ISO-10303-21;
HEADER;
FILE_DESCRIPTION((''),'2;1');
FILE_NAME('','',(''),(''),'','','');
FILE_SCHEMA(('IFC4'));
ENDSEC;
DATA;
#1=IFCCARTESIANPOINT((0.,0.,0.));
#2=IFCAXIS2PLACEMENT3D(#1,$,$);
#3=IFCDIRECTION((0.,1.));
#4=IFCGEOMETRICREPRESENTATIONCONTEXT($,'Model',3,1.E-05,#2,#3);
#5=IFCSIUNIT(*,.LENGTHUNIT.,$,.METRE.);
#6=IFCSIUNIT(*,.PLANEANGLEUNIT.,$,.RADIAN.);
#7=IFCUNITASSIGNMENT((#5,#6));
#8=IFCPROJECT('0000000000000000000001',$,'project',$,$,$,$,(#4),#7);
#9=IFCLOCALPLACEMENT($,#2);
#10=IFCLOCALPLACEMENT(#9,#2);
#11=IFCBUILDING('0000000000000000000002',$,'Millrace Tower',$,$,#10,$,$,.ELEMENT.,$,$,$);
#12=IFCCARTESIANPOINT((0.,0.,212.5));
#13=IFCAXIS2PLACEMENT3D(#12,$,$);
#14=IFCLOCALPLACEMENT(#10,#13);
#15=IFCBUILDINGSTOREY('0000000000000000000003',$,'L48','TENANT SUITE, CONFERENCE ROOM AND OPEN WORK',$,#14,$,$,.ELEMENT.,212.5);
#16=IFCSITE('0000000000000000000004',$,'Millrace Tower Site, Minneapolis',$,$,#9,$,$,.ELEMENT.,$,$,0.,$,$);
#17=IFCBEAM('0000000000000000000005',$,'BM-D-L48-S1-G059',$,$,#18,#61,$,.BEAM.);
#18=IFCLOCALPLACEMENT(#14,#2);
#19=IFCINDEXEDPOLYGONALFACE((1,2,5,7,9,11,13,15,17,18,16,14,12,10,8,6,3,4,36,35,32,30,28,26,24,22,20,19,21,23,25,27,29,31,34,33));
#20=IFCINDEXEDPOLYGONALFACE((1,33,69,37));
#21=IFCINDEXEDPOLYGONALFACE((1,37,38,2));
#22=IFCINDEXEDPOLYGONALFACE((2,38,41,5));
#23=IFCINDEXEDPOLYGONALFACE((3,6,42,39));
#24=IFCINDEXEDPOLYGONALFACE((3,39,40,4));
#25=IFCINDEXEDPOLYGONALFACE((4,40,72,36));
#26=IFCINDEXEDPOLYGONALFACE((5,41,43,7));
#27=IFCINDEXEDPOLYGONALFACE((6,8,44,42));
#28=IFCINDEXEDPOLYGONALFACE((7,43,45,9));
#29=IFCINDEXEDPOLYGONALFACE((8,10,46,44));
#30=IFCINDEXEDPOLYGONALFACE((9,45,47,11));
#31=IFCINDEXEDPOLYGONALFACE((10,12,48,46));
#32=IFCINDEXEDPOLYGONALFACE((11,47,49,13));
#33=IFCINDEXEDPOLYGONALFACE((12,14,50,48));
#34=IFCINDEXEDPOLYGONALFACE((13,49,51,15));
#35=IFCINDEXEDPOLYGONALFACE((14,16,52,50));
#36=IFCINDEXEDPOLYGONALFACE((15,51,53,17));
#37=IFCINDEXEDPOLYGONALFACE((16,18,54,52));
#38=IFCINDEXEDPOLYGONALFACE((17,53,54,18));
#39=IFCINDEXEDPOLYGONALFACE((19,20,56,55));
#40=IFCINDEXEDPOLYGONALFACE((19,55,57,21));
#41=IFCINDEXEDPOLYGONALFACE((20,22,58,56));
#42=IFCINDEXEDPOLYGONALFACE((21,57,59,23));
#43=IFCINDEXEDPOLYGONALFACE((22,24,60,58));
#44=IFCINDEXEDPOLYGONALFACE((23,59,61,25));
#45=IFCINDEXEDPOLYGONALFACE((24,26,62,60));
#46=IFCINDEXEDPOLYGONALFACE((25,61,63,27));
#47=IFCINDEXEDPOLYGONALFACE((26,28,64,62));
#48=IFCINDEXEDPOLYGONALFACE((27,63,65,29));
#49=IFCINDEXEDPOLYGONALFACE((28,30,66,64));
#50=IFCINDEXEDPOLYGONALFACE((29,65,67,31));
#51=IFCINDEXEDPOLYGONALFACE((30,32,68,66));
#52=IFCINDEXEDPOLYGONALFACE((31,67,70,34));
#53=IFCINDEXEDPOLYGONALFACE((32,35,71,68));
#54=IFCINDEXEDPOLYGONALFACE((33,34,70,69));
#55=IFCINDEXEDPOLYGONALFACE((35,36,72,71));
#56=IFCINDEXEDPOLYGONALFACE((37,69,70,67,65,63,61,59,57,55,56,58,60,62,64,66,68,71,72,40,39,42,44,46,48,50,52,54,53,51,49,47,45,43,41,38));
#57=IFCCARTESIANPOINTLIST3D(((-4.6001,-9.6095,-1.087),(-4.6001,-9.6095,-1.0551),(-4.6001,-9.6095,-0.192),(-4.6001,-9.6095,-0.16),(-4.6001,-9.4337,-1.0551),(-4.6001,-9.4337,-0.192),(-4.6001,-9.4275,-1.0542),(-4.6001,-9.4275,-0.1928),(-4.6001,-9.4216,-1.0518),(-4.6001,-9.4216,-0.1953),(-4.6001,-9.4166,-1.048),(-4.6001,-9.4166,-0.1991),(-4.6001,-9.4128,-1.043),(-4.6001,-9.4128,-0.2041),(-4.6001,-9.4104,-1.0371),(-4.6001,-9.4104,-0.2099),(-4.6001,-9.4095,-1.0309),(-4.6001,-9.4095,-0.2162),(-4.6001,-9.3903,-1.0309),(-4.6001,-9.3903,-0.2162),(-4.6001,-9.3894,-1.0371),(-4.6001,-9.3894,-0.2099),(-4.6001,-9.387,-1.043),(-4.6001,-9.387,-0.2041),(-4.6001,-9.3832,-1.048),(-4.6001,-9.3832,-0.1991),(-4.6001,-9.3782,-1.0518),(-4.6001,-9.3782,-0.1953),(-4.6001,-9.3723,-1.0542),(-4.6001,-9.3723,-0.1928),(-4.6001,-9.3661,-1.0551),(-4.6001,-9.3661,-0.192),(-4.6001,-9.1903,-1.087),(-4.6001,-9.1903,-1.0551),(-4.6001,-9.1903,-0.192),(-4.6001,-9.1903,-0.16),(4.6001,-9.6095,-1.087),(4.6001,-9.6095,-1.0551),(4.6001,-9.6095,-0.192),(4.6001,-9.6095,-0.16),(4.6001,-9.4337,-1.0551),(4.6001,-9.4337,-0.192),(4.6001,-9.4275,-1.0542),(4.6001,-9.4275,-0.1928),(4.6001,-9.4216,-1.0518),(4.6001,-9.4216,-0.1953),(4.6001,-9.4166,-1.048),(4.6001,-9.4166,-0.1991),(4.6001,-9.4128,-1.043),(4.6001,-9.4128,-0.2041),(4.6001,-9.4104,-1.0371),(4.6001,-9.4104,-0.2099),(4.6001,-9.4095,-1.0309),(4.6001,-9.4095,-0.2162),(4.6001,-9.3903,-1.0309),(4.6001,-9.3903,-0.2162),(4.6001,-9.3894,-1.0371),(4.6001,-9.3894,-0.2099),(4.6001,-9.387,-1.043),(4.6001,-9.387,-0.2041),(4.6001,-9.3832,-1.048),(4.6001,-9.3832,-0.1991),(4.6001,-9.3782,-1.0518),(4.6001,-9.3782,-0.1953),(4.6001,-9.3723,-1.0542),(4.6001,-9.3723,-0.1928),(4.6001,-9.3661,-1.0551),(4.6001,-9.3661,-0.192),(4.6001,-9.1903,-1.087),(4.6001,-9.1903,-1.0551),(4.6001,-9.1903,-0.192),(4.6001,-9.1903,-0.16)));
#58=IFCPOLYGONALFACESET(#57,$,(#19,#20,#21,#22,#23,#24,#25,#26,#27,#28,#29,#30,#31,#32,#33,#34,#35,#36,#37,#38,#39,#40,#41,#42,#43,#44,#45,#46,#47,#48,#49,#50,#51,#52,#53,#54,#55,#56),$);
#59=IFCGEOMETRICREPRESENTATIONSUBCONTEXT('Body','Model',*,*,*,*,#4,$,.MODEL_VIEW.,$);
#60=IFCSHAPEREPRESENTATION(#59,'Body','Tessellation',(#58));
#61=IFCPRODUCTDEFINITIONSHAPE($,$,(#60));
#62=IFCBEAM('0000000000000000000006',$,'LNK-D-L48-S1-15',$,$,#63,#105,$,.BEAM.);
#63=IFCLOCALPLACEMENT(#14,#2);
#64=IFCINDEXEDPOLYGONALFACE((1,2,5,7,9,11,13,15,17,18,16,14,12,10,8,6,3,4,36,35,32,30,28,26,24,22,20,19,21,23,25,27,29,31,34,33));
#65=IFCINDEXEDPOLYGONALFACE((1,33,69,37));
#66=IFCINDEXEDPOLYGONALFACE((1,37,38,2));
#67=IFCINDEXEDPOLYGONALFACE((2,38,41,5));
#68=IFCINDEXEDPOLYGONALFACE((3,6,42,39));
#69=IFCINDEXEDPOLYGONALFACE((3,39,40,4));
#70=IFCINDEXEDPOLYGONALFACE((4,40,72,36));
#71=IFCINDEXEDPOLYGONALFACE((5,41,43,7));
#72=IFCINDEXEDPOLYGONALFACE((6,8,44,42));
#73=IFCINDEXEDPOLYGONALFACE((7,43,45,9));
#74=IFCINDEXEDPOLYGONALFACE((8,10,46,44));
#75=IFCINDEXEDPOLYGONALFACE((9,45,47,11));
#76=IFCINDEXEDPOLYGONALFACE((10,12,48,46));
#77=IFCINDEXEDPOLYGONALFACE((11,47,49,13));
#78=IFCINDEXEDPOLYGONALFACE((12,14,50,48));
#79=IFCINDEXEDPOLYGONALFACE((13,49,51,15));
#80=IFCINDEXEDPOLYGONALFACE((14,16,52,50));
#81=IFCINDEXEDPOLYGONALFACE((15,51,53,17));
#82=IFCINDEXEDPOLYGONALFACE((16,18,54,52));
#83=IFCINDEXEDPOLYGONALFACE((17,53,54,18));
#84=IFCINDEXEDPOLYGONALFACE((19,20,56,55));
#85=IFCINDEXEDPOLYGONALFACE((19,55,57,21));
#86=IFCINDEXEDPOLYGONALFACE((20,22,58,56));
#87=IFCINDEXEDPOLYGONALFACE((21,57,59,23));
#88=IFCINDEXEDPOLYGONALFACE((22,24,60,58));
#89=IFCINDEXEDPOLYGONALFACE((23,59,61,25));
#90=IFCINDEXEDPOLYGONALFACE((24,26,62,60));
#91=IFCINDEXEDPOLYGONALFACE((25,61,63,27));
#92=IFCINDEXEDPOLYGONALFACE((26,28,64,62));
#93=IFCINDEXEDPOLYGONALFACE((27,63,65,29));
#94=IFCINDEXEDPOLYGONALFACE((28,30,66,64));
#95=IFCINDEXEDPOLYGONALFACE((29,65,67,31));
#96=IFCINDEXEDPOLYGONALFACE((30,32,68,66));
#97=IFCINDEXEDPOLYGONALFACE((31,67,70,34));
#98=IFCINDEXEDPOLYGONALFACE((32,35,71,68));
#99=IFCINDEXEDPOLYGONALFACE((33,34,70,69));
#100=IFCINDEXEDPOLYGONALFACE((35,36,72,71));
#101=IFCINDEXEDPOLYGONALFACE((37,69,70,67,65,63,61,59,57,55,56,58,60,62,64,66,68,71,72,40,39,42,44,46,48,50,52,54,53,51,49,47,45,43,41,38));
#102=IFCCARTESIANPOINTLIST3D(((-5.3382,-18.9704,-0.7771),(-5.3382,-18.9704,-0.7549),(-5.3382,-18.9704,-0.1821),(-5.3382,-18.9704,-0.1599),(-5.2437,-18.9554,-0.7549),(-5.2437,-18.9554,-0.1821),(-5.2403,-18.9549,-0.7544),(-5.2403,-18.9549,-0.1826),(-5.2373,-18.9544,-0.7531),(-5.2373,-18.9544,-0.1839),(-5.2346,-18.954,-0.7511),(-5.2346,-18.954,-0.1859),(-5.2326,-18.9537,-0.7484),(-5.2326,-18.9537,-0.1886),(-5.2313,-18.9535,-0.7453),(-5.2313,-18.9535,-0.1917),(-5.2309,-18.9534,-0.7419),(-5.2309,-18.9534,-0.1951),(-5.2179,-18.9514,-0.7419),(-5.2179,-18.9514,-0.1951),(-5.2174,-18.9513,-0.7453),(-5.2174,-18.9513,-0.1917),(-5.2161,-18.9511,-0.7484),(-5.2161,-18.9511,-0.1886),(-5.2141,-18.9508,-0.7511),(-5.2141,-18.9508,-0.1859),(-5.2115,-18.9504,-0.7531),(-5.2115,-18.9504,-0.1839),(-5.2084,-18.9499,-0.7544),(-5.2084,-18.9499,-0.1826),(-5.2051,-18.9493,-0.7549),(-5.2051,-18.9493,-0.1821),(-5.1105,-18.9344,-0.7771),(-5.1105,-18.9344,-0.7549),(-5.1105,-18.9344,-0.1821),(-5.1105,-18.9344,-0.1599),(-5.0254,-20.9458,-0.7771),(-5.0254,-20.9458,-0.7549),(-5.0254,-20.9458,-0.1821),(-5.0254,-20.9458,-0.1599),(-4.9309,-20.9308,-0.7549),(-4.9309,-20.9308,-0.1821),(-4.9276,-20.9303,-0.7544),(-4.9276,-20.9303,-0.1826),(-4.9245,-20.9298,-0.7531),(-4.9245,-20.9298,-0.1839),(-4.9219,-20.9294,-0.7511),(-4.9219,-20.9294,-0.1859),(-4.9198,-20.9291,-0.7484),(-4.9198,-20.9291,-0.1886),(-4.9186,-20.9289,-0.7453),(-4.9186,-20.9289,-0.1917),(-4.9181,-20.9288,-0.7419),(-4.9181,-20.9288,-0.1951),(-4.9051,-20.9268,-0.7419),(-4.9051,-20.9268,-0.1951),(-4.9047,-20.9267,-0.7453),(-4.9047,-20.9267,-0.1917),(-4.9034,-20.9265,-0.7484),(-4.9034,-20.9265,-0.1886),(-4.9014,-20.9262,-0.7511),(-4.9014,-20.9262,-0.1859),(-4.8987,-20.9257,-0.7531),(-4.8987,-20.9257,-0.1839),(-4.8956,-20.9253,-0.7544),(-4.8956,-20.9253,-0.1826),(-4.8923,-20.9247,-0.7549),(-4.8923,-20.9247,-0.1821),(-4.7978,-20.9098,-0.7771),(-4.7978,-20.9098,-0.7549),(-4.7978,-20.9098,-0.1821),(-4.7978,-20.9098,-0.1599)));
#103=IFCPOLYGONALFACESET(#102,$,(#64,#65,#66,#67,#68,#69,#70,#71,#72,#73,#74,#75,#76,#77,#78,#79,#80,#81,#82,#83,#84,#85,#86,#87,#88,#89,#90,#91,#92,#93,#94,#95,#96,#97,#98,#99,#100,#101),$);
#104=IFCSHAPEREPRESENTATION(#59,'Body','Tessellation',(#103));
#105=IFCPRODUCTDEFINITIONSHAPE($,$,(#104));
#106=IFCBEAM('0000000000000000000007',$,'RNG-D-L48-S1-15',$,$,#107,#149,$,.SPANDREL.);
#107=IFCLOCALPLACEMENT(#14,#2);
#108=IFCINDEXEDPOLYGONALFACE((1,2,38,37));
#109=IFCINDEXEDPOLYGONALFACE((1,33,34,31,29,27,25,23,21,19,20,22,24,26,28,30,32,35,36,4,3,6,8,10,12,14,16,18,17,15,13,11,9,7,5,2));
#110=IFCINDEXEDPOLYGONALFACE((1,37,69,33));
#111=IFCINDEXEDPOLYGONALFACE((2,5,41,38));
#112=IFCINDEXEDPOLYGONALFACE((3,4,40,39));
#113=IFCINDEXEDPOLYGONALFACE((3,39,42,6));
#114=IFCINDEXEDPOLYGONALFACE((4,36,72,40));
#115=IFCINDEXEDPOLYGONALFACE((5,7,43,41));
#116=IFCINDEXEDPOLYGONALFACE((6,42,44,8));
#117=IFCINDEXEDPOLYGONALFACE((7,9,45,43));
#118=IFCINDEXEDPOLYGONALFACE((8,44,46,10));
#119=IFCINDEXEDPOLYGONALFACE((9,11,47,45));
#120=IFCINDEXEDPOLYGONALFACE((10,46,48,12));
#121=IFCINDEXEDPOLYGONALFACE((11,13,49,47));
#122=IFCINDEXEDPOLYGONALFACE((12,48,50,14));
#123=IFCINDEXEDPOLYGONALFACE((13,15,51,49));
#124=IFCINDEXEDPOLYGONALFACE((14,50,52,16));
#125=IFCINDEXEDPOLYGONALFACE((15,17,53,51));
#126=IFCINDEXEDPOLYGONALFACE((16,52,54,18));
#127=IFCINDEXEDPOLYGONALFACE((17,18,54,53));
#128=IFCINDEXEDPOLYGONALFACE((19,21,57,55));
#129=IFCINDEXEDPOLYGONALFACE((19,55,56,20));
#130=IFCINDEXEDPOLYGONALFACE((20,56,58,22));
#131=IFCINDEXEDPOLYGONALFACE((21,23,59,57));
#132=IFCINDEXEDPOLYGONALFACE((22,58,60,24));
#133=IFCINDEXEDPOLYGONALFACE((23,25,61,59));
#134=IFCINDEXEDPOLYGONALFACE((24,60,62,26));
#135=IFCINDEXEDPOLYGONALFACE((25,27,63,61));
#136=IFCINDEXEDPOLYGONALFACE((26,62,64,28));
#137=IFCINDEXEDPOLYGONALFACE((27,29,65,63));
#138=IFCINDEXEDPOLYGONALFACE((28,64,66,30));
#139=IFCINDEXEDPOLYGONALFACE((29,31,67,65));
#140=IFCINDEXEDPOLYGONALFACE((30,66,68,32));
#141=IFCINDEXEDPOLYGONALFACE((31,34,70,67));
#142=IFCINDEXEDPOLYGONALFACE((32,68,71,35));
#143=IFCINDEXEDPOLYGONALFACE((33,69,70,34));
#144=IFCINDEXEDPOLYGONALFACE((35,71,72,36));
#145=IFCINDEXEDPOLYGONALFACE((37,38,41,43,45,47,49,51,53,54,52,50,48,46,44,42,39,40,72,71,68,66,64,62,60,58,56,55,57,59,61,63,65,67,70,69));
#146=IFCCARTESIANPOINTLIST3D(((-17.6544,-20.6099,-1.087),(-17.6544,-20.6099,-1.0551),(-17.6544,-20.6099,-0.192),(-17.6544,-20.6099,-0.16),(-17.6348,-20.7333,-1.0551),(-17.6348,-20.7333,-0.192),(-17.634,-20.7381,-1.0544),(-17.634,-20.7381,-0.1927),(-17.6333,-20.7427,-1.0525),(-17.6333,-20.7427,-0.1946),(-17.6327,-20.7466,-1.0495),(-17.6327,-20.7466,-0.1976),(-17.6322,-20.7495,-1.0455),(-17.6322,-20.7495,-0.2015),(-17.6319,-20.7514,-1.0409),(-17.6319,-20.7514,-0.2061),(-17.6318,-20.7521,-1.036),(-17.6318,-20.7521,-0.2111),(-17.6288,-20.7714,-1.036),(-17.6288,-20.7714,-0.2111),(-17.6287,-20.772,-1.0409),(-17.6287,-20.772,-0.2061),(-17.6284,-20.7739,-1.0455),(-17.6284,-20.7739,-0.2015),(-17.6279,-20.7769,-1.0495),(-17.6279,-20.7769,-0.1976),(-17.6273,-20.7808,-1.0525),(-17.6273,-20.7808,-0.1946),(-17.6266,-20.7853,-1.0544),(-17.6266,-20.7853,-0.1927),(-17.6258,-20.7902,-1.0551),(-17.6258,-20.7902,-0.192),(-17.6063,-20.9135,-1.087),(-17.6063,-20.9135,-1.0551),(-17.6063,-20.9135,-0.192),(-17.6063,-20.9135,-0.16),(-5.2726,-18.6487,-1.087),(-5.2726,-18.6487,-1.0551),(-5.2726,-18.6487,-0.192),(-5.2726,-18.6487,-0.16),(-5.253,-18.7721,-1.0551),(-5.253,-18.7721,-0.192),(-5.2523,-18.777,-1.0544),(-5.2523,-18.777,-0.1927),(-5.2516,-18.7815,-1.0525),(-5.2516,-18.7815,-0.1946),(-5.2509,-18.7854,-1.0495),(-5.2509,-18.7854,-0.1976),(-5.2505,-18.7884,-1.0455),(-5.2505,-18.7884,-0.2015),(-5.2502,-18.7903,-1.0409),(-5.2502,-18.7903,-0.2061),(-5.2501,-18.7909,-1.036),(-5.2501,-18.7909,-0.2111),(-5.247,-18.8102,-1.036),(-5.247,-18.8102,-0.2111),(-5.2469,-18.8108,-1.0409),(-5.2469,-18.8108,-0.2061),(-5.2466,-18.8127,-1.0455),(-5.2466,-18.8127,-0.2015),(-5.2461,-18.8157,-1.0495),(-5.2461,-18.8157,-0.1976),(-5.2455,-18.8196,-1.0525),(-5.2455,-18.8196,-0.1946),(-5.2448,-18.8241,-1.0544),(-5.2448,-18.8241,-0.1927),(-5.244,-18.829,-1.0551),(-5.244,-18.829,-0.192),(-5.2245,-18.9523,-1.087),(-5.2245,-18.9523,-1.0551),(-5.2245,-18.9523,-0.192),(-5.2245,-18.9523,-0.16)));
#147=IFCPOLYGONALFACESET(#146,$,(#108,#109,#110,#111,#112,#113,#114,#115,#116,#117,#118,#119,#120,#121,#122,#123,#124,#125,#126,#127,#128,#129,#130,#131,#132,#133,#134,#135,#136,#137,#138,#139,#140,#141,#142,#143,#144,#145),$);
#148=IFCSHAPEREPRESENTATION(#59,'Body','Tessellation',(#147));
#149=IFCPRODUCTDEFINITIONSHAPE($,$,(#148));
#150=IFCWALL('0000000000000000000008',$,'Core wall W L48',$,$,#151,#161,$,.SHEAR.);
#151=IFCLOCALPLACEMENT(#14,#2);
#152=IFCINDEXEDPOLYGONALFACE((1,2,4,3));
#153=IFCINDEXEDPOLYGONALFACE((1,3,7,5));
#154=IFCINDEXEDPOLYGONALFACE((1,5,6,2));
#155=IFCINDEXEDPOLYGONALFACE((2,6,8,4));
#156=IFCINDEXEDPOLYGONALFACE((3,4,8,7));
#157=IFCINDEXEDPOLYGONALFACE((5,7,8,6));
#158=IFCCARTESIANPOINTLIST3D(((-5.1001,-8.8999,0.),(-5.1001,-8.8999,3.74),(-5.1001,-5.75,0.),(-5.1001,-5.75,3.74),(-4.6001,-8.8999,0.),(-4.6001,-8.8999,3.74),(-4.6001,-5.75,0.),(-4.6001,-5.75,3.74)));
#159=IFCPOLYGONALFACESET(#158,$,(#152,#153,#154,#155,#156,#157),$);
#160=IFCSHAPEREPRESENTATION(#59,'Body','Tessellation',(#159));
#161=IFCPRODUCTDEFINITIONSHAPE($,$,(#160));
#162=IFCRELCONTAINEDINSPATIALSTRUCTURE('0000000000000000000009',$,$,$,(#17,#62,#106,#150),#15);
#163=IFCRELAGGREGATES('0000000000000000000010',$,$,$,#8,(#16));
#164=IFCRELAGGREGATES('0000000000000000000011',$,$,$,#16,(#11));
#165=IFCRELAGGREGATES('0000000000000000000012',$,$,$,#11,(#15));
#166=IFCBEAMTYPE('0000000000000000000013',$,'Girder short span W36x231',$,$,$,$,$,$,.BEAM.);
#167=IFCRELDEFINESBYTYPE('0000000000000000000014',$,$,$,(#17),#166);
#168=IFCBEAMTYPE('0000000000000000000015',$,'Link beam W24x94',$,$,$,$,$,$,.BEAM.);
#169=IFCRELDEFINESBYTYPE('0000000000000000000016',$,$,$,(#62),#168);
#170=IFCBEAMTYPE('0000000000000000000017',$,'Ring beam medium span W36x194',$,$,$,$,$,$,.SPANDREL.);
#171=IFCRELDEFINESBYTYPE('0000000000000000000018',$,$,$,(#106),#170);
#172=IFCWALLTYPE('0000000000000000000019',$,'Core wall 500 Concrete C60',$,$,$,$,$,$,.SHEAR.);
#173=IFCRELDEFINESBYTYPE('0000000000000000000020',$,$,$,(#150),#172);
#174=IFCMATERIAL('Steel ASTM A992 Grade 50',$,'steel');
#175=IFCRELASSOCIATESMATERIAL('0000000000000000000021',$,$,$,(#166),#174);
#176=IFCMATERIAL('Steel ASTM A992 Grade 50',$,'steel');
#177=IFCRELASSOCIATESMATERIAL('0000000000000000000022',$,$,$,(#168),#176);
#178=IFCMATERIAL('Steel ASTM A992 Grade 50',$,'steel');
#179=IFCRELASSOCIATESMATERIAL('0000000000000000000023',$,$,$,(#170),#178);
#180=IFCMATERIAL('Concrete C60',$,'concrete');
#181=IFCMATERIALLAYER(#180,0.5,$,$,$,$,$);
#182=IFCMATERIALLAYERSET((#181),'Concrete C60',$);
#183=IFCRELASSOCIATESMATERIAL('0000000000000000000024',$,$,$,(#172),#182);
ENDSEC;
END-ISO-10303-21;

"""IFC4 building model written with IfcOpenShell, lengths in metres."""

from ifc_helpers import new_model, si_unit, direction, frame, frame_2d, origin, origin_2d, place, context, subcontext, project, spatial, rectangle, i_section, extrude, material, layer, layer_set, material_profile, profile_set, type_object, element, save


model = new_model("IFC4")

# Units and contexts
model_context = context("Model", 3, precision=1e-05, world=origin(), true_north=direction((0.0, 1.0)))
body_context = subcontext(model_context, "Body", "Model", "MODEL_VIEW")
ifc_project = project(units=[si_unit("LENGTHUNIT", "METRE"), si_unit("PLANEANGLEUNIT", "RADIAN")], contexts=[model_context])

# Site, building, storey
site_placement = place(None, origin())
site = spatial("IfcSite", under=ifc_project, at=site_placement, Name="Millrace Tower Site, Minneapolis", CompositionType="ELEMENT", RefElevation=0.0)
building_placement = place(site_placement, origin())
building = spatial("IfcBuilding", under=site, at=building_placement, Name="Millrace Tower", CompositionType="ELEMENT")
storey_placement = place(building_placement, frame((0.0, 0.0, 212.5)))
storey = spatial("IfcBuildingStorey", under=building, at=storey_placement, Name="L48", Description="TENANT SUITE, CONFERENCE ROOM AND OPEN WORK", CompositionType="ELEMENT", Elevation=212.5)

# Beams
ifc_material_1 = material(Name="Steel ASTM A992 Grade 50", Category="steel")
ifc_material_profile_1 = material_profile(ifc_material_1, i_section(OverallWidth=0.4192, OverallDepth=0.927, WebThickness=0.0193, FlangeThickness=0.032, FilletRadius=0.0242, at=origin_2d()))
ifc_profile_set_1 = profile_set([ifc_material_profile_1], Name="Steel ASTM A992 Grade 50")
beam_type_1 = type_object("IfcBeamType", Name="Girder short span W36x231", PredefinedType="BEAM", material=ifc_profile_set_1)
beam_1_placement = place(storey_placement, frame((-4.6001, -9.3999, -0.6235), z_axis=(1.0, 0.0, 0.0), x_axis=(0.0, 1.0, 0.0)))
element("IfcBeam", 1, at=beam_1_placement, inside=storey, type_object=beam_type_1, Name="BM-D-L48-S1-G059", PredefinedType="BEAM", context=body_context, shape_type="SweptSolid", body=[
    extrude(i_section(OverallWidth=0.4192, OverallDepth=0.927, WebThickness=0.0193, FlangeThickness=0.032, FilletRadius=0.0242, at=origin_2d()), origin(), (0.0, 0.0, 1.0), 9.2002),
])
ifc_material_2 = material(Name="Steel ASTM A992 Grade 50", Category="steel")
ifc_material_profile_2 = material_profile(ifc_material_2, i_section(OverallWidth=0.2305, OverallDepth=0.6172, WebThickness=0.0132, FlangeThickness=0.0222, FilletRadius=0.0129, at=origin_2d()))
ifc_profile_set_2 = profile_set([ifc_material_profile_2], Name="Steel ASTM A992 Grade 50")
beam_type_2 = type_object("IfcBeamType", Name="Link beam W24x94", PredefinedType="BEAM", material=ifc_profile_set_2)
beam_2_placement = place(storey_placement, frame((-5.2244, -18.9524, -0.4685), z_axis=(0.156376, -0.987698, 0.0), x_axis=(0.987698, 0.156376, 0.0)))
element("IfcBeam", 2, at=beam_2_placement, inside=storey, type_object=beam_type_2, Name="LNK-D-L48-S1-15", PredefinedType="BEAM", context=body_context, shape_type="SweptSolid", body=[
    extrude(i_section(OverallWidth=0.2305, OverallDepth=0.6172, WebThickness=0.0132, FlangeThickness=0.0222, FilletRadius=0.0129, at=origin_2d()), origin(), (0.0, 0.0, 1.0), 2.0),
])
ifc_material_3 = material(Name="Steel ASTM A992 Grade 50", Category="steel")
ifc_material_profile_3 = material_profile(ifc_material_3, i_section(OverallWidth=0.3074, OverallDepth=0.927, WebThickness=0.0195, FlangeThickness=0.032, FilletRadius=0.019, at=origin_2d()))
ifc_profile_set_3 = profile_set([ifc_material_profile_3], Name="Steel ASTM A992 Grade 50")
beam_type_3 = type_object("IfcBeamType", Name="Ring beam medium span W36x194", PredefinedType="SPANDREL", material=ifc_profile_set_3)
beam_3_placement = place(storey_placement, frame((-5.2485, -18.8005, -0.6235), z_axis=(-0.987687, -0.156442, 0.0), x_axis=(0.156442, -0.987687, 0.0)))
element("IfcBeam", 3, at=beam_3_placement, inside=storey, type_object=beam_type_3, Name="RNG-D-L48-S1-15", PredefinedType="SPANDREL", context=body_context, shape_type="SweptSolid", body=[
    extrude(i_section(OverallWidth=0.3074, OverallDepth=0.927, WebThickness=0.0195, FlangeThickness=0.032, FilletRadius=0.019, at=origin_2d()), origin(), (0.0, 0.0, 1.0), 12.5361),
])

# Wall
ifc_material_4 = material(Name="Concrete C60", Category="concrete")
ifc_layer_1 = layer(ifc_material_4, 0.5)
ifc_layer_set_1 = layer_set([ifc_layer_1], Name="Concrete C60")
wall_type_1 = type_object("IfcWallType", Name="Core wall 500 Concrete C60", PredefinedType="SHEAR", material=ifc_layer_set_1)
wall_1_placement = place(storey_placement, frame((-4.8501, -8.8999, 0.0), z_axis=(0.0, 0.0, 1.0), x_axis=(0.0, 1.0, 0.0)))
element("IfcWall", 4, at=wall_1_placement, inside=storey, type_object=wall_type_1, Name="Core wall W L48", PredefinedType="SHEAR", context=body_context, shape_type="SweptSolid", body=[
    extrude(rectangle(XDim=3.1499, YDim=0.5, at=frame_2d((1.575, 0.0))), origin(), (0.0, 0.0, 1.0), 3.74),
])

save(model, "model.ifc")
